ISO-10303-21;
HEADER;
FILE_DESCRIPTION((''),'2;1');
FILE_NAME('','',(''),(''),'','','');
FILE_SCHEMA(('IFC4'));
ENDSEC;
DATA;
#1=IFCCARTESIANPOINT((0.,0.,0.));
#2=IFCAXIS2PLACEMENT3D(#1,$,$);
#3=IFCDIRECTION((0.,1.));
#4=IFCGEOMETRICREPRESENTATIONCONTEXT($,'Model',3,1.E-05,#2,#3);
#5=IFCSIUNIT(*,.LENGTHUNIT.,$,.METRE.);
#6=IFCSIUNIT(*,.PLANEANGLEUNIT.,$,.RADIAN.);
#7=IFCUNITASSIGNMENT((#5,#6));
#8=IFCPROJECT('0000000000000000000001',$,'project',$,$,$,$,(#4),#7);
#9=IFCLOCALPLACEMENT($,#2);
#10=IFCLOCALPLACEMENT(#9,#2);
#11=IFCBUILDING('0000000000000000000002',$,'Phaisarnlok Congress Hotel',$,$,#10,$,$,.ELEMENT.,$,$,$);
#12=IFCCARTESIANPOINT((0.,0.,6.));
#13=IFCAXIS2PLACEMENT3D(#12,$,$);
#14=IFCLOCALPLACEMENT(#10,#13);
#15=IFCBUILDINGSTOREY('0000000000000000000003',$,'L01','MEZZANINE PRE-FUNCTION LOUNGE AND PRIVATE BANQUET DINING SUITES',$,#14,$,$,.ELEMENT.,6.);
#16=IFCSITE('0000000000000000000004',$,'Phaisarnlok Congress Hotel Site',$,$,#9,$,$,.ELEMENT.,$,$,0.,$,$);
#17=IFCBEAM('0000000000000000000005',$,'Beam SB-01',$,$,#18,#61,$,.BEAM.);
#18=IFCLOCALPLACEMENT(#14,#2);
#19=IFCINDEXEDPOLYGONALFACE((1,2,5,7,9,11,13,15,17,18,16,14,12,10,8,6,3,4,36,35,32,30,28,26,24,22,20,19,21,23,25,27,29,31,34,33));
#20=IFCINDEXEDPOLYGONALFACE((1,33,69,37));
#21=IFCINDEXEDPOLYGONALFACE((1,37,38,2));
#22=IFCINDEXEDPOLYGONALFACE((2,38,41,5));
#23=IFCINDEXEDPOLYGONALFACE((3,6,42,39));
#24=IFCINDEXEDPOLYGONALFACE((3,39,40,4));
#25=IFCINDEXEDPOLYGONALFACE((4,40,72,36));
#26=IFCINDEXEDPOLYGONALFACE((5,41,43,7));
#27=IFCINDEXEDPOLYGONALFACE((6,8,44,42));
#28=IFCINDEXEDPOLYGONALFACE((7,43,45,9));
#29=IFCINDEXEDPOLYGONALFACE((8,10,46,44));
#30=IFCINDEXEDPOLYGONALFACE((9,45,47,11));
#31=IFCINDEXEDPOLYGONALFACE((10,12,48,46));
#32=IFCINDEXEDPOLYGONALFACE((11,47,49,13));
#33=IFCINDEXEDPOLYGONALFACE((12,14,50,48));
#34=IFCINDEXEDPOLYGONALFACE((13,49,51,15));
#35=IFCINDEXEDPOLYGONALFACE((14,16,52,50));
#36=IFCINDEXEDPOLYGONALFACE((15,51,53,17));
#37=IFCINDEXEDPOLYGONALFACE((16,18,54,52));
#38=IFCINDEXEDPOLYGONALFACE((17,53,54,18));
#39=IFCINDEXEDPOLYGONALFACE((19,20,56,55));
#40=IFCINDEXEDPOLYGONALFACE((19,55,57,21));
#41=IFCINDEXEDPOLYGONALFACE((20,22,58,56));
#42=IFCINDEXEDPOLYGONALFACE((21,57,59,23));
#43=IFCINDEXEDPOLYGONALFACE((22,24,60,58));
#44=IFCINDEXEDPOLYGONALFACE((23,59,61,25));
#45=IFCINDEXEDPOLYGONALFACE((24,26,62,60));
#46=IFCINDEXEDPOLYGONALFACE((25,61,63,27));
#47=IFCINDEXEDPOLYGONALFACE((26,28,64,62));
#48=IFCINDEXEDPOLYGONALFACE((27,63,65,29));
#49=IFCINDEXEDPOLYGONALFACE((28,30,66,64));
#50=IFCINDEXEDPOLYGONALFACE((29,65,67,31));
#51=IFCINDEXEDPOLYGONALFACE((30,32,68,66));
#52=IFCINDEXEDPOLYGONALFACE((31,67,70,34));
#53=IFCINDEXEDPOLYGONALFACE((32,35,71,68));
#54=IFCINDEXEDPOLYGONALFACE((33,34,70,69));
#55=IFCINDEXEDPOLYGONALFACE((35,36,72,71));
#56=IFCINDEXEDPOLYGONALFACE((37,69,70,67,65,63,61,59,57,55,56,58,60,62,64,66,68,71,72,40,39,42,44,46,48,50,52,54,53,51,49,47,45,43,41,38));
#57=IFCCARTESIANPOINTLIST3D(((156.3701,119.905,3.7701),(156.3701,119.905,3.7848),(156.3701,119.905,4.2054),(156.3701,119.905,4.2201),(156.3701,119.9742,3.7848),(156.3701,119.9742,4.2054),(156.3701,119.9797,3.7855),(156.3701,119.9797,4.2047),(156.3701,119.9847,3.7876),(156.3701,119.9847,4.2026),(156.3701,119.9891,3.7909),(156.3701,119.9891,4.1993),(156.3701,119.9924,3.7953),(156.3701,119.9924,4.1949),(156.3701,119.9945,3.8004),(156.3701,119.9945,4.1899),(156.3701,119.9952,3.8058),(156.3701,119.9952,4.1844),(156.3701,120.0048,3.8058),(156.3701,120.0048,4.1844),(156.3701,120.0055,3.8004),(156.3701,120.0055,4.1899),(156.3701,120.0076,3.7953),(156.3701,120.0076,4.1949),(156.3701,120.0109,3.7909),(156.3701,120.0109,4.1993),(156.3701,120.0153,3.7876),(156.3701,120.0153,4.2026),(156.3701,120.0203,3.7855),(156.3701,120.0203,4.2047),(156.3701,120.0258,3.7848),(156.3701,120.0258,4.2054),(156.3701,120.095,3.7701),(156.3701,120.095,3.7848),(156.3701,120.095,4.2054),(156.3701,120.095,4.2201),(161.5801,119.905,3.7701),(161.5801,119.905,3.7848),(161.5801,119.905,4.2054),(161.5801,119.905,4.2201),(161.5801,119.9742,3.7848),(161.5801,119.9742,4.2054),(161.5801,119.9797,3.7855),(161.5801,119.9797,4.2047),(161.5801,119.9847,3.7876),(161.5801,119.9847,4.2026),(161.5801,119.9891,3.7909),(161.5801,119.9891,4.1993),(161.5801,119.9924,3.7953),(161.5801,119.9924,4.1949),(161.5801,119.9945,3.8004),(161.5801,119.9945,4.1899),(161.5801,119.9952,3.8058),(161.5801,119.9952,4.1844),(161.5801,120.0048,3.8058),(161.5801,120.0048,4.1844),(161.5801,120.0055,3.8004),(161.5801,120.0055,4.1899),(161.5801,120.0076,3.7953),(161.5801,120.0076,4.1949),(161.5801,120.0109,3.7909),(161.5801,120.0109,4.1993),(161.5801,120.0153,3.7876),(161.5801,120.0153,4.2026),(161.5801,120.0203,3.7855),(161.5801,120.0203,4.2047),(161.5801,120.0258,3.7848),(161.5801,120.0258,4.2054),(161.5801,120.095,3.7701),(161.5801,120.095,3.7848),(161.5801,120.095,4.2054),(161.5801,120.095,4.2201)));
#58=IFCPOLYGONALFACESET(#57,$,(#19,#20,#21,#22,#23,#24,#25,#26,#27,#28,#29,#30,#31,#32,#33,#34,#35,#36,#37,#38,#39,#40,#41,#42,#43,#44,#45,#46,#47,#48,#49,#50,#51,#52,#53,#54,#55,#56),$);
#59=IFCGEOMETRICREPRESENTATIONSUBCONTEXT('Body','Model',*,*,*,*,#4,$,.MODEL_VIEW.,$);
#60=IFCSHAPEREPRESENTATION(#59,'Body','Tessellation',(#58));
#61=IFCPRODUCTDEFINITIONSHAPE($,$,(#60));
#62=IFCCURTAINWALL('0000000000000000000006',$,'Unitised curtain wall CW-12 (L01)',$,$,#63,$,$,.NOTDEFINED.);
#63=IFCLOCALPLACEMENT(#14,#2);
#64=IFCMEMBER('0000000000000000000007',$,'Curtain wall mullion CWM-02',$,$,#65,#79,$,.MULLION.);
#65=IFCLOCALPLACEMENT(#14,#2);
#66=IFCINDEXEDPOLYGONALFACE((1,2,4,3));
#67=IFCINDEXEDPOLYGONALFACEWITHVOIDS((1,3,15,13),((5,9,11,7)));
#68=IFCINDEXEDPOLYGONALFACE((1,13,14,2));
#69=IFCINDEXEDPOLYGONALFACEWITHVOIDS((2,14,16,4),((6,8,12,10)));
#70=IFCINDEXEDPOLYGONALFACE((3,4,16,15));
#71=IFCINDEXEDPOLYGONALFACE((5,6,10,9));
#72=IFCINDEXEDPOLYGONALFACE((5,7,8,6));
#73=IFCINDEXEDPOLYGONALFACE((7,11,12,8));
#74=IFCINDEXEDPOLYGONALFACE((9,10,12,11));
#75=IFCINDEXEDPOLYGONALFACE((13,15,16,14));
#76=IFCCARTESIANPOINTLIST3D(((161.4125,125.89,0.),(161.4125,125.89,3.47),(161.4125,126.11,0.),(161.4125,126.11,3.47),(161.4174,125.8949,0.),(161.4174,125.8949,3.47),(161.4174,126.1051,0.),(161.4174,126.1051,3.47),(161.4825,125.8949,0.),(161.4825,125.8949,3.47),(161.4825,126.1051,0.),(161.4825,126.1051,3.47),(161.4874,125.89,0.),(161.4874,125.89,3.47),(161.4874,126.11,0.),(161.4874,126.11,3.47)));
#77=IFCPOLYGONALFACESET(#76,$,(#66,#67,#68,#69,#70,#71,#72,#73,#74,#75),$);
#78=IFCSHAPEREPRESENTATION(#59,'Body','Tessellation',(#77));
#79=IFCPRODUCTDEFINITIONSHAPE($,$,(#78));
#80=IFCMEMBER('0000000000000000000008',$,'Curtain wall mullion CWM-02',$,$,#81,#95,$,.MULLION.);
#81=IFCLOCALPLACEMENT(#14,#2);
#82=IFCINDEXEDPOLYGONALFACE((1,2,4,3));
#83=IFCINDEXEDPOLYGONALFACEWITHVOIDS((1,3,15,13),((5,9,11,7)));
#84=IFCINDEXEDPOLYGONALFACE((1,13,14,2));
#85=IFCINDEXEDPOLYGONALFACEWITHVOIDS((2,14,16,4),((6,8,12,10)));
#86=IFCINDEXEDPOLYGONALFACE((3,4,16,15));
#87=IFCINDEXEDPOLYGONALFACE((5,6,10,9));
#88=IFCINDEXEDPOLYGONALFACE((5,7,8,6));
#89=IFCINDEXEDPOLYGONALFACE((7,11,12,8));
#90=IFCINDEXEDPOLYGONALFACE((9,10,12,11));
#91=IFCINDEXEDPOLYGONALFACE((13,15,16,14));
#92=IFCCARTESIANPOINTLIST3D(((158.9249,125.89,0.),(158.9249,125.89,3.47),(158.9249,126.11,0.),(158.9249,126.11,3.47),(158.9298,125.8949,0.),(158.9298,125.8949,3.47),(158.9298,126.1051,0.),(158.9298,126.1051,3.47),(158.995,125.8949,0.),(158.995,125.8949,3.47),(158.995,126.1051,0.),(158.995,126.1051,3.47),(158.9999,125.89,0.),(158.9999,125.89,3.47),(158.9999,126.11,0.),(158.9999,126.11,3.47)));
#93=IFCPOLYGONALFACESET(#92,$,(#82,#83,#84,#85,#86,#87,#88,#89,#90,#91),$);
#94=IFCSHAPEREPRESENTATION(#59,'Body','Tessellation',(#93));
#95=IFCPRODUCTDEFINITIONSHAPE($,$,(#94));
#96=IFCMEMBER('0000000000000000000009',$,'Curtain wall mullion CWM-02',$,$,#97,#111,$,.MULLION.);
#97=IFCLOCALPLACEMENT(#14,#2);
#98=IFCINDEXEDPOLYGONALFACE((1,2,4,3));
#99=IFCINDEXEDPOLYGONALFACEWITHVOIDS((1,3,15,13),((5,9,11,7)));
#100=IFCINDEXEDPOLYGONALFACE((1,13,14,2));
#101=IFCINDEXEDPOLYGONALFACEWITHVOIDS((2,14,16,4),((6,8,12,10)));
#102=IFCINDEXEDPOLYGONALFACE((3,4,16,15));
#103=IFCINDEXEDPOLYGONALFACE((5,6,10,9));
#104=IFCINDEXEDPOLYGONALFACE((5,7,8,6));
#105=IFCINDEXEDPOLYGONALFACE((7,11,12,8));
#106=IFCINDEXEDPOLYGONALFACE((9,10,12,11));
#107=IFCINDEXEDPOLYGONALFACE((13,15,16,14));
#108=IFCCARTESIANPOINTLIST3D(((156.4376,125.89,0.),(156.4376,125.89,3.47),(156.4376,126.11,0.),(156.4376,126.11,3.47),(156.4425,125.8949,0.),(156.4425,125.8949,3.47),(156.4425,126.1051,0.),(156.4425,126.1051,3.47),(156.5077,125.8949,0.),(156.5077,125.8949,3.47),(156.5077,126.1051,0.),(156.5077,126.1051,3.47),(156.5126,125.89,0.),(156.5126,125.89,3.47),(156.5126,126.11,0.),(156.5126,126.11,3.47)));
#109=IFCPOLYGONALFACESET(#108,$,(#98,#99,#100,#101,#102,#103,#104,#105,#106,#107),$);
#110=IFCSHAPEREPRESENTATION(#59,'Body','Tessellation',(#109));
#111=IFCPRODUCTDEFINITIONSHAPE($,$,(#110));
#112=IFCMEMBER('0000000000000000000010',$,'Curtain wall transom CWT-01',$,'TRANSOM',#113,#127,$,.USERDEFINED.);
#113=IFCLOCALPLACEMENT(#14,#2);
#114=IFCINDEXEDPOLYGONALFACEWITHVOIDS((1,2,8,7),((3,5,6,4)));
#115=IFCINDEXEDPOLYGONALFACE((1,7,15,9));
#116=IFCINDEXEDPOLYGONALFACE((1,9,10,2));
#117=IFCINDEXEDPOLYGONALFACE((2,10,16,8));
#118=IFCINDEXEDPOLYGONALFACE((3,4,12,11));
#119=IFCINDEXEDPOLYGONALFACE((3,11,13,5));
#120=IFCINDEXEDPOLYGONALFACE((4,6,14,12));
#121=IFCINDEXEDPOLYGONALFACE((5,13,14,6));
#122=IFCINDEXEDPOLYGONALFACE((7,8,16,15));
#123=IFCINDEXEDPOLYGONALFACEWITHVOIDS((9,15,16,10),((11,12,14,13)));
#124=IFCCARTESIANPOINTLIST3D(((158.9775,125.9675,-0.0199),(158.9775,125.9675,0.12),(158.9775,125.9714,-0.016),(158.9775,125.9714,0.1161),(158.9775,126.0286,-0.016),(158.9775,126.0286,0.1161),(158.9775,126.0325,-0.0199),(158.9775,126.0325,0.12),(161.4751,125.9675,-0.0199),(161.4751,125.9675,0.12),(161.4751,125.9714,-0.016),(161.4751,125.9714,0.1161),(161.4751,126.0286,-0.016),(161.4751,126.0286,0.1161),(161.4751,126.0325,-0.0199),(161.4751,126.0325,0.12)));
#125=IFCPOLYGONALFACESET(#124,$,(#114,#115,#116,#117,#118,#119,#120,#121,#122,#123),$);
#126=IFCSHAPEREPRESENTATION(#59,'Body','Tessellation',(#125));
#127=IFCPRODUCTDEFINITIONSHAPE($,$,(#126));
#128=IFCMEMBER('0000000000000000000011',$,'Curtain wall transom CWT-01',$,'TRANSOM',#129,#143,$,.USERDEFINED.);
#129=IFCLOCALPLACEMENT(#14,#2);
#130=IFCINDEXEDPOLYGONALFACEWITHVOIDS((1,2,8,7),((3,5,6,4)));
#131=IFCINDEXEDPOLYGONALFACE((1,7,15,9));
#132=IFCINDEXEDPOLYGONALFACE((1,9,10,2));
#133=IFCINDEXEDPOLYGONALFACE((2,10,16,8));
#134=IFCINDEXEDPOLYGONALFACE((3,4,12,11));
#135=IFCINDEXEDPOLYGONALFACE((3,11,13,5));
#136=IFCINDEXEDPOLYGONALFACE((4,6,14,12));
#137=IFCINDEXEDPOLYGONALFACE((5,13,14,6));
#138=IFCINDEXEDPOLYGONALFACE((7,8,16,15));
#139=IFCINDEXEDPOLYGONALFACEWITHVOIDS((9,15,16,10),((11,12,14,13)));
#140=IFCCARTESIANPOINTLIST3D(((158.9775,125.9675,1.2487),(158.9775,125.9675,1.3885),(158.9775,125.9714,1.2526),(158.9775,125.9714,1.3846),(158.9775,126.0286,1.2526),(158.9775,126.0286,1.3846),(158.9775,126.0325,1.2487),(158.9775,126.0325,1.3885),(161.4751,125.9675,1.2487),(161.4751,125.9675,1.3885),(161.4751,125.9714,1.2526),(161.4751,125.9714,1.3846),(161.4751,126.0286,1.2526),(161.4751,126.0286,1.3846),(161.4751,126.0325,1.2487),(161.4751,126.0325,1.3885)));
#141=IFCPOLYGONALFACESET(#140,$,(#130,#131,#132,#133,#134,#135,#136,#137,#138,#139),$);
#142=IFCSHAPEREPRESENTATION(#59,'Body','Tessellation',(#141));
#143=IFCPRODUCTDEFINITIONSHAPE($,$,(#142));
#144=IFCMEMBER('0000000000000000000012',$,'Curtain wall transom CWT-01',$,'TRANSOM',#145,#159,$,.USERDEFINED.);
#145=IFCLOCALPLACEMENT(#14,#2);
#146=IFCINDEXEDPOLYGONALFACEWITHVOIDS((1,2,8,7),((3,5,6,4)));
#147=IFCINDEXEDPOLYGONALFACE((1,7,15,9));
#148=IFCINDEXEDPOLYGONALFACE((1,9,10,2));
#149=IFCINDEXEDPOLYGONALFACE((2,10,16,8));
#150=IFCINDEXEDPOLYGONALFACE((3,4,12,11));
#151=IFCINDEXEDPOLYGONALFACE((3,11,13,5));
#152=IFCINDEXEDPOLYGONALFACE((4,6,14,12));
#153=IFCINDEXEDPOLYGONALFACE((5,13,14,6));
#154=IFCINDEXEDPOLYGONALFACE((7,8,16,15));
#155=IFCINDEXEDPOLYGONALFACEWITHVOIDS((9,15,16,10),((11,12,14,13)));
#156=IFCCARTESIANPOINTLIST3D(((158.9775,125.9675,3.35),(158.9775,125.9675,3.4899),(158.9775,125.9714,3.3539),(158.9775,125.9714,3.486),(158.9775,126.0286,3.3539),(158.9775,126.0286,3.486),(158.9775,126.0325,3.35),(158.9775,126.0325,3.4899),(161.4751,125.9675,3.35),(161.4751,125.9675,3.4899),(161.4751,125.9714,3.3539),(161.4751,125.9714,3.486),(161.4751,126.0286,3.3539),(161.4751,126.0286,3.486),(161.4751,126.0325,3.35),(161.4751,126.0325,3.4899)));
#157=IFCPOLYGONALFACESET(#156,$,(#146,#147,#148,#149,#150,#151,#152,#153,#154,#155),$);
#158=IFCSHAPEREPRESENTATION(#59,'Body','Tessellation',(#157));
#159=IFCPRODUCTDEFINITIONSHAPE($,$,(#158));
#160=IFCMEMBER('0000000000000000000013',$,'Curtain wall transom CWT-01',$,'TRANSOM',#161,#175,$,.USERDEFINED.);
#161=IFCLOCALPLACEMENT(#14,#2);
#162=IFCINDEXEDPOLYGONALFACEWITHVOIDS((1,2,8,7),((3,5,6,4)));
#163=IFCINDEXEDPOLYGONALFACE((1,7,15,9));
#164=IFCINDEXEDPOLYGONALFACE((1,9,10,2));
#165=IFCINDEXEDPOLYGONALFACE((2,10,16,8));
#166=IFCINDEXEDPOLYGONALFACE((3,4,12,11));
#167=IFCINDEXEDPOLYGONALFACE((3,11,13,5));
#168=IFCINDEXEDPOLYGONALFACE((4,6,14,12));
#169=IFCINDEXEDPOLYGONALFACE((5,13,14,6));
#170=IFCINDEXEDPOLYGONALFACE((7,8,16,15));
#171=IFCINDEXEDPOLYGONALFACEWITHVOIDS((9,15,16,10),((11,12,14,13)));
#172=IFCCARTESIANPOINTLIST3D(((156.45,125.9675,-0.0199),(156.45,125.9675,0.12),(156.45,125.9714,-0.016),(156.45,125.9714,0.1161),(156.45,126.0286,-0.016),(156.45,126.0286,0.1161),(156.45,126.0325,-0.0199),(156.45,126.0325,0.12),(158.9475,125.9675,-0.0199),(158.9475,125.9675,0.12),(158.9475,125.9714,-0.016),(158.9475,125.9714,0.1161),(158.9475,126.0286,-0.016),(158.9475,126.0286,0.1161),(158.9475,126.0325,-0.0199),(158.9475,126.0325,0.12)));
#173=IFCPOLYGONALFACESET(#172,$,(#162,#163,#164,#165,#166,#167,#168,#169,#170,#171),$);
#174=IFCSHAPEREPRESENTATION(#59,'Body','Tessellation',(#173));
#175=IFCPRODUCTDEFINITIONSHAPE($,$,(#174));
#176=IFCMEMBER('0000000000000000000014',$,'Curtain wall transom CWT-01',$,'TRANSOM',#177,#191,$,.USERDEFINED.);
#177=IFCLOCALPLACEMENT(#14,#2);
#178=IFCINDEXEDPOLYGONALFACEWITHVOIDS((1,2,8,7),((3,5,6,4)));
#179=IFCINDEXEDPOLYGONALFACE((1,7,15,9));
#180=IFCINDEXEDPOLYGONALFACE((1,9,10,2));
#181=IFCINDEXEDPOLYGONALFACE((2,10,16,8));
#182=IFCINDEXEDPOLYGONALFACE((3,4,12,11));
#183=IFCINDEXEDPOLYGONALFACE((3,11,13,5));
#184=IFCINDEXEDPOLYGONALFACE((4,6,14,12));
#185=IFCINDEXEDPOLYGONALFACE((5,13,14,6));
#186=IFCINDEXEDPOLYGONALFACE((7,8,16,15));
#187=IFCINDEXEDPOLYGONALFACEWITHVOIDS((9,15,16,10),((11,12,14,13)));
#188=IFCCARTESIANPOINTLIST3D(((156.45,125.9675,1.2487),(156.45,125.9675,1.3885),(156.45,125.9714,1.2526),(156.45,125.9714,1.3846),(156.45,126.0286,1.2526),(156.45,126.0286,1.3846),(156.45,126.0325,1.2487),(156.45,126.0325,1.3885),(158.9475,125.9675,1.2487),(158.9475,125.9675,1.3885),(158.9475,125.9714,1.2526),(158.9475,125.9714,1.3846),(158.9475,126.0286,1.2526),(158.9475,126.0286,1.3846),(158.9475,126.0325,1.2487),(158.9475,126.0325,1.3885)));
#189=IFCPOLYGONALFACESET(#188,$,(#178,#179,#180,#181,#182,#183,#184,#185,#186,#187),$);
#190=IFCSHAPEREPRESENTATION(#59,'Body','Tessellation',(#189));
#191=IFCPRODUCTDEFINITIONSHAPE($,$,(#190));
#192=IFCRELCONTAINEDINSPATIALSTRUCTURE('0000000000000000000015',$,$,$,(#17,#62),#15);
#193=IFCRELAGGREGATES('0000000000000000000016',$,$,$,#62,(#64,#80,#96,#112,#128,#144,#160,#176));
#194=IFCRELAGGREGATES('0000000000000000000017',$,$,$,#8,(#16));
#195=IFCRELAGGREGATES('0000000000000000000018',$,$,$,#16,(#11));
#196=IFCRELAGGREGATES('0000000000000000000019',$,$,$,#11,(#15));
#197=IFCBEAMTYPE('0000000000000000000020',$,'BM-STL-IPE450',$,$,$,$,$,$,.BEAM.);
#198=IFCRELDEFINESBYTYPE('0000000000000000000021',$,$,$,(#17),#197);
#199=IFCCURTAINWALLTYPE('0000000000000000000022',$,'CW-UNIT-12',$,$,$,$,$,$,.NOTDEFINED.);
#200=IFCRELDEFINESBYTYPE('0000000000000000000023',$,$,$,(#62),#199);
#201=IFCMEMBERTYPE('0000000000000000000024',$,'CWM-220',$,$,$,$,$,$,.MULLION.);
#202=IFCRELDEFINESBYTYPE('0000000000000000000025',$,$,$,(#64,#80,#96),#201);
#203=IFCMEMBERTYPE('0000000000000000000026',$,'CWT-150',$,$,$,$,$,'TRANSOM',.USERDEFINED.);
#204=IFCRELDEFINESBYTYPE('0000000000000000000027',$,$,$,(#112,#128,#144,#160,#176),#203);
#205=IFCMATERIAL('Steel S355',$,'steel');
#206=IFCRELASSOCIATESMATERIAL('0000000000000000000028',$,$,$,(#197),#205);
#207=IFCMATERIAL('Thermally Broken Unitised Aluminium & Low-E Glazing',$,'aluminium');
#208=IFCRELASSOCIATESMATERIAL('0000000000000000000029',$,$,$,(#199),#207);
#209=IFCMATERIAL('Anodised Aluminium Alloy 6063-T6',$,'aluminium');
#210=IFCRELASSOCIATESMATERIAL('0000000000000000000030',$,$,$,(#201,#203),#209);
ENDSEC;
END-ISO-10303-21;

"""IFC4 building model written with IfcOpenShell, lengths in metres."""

from ifc_helpers import new_model, si_unit, direction, frame, origin, origin_2d, place, context, subcontext, project, spatial, hollow_rectangle, i_section, extrude, material, material_profile, profile_set, type_object, element, aggregate, save


model = new_model("IFC4")

# Units and contexts
model_context = context("Model", 3, precision=1e-05, world=origin(), true_north=direction((0.0, 1.0)))
body_context = subcontext(model_context, "Body", "Model", "MODEL_VIEW")
ifc_project = project(units=[si_unit("LENGTHUNIT", "METRE"), si_unit("PLANEANGLEUNIT", "RADIAN")], contexts=[model_context])

# Site, building, storey
site_placement = place(None, origin())
site = spatial("IfcSite", under=ifc_project, at=site_placement, Name="Phaisarnlok Congress Hotel Site", CompositionType="ELEMENT", RefElevation=0.0)
building_placement = place(site_placement, origin())
building = spatial("IfcBuilding", under=site, at=building_placement, Name="Phaisarnlok Congress Hotel", CompositionType="ELEMENT")
storey_placement = place(building_placement, frame((0.0, 0.0, 6.0)))
storey = spatial("IfcBuildingStorey", under=building, at=storey_placement, Name="L01", Description="MEZZANINE PRE-FUNCTION LOUNGE AND PRIVATE BANQUET DINING SUITES", CompositionType="ELEMENT", Elevation=6.0)

# Beam
ifc_material_1 = material(Name="Steel S355", Category="steel")
ifc_material_profile_1 = material_profile(ifc_material_1, i_section(OverallWidth=0.1899, OverallDepth=0.45, WebThickness=0.0095, FlangeThickness=0.0146, FilletRadius=0.021, at=origin_2d()), Name="IPE 450")
ifc_profile_set_1 = profile_set([ifc_material_profile_1], Name="Steel S355")
beam_type_1 = type_object("IfcBeamType", Name="BM-STL-IPE450", PredefinedType="BEAM", material=ifc_profile_set_1)
beam_1_placement = place(storey_placement, frame((156.3701, 120.0, 3.9951), z_axis=(1.0, 0.0, 0.0), x_axis=(0.0, 1.0, 0.0)))
element("IfcBeam", 1, at=beam_1_placement, inside=storey, type_object=beam_type_1, Name="Beam SB-01", PredefinedType="BEAM", context=body_context, shape_type="SweptSolid", body=[
    extrude(i_section(OverallWidth=0.1899, OverallDepth=0.45, WebThickness=0.0095, FlangeThickness=0.0146, FilletRadius=0.021, at=origin_2d()), origin(), (0.0, 0.0, 1.0), 5.21),
])

# Curtain wall, members
ifc_material_2 = material(Name="Thermally Broken Unitised Aluminium & Low-E Glazing", Category="aluminium")
curtain_wall_type = type_object("IfcCurtainWallType", Name="CW-UNIT-12", PredefinedType="NOTDEFINED", material=ifc_material_2)
curtain_wall_placement = place(storey_placement, origin())
curtain_wall = element("IfcCurtainWall", 2, at=curtain_wall_placement, inside=storey, type_object=curtain_wall_type, Name="Unitised curtain wall CW-12 (L01)", PredefinedType="NOTDEFINED")
ifc_material_3 = material(Name="Anodised Aluminium Alloy 6063-T6", Category="aluminium")
ifc_material_profile_2 = material_profile(ifc_material_3, hollow_rectangle(XDim=0.075, YDim=0.22, WallThickness=0.0049, at=origin_2d()), Name="ALU-M 75x220x5")
ifc_profile_set_2 = profile_set([ifc_material_profile_2], Name="Anodised Aluminium Alloy 6063-T6")
member_type_1 = type_object("IfcMemberType", Name="CWM-220", PredefinedType="MULLION", material=ifc_profile_set_2)
member_1_placement = place(storey_placement, frame((161.45, 126.0, 0.0), z_axis=(0.0, 0.0, 1.0), x_axis=(-1.0, 0.0, 0.0)))
member_1 = element("IfcMember", 3, at=member_1_placement, type_object=member_type_1, Name="Curtain wall mullion CWM-02", PredefinedType="MULLION", context=body_context, shape_type="SweptSolid", body=[
    extrude(hollow_rectangle(XDim=0.075, YDim=0.22, WallThickness=0.0049, at=origin_2d()), origin(), (0.0, 0.0, 1.0), 3.47),
])
member_2_placement = place(storey_placement, frame((158.9624, 126.0, 0.0), z_axis=(0.0, 0.0, 1.0), x_axis=(-1.0, 0.0, 0.0)))
member_2 = element("IfcMember", 4, at=member_2_placement, type_object=member_type_1, Name="Curtain wall mullion CWM-02", PredefinedType="MULLION", context=body_context, shape_type="SweptSolid", body=[
    extrude(hollow_rectangle(XDim=0.075, YDim=0.22, WallThickness=0.0049, at=origin_2d()), origin(), (0.0, 0.0, 1.0), 3.47),
])
member_3_placement = place(storey_placement, frame((156.4751, 126.0, 0.0), z_axis=(0.0, 0.0, 1.0), x_axis=(-1.0, 0.0, 0.0)))
member_3 = element("IfcMember", 5, at=member_3_placement, type_object=member_type_1, Name="Curtain wall mullion CWM-02", PredefinedType="MULLION", context=body_context, shape_type="SweptSolid", body=[
    extrude(hollow_rectangle(XDim=0.075, YDim=0.22, WallThickness=0.0049, at=origin_2d()), origin(), (0.0, 0.0, 1.0), 3.47),
])
ifc_material_profile_3 = material_profile(ifc_material_3, hollow_rectangle(XDim=0.0649, YDim=0.1399, WallThickness=0.0039, at=origin_2d()), Name="ALU-T 65x140x4")
ifc_profile_set_3 = profile_set([ifc_material_profile_3], Name="Anodised Aluminium Alloy 6063-T6")
member_type_2 = type_object("IfcMemberType", Name="CWT-150", ElementType="TRANSOM", PredefinedType="USERDEFINED", material=ifc_profile_set_3)
member_4_placement = place(storey_placement, frame((161.4751, 126.0, 0.05), z_axis=(-1.0, 0.0, 0.0), x_axis=(0.0, -1.0, 0.0)))
member_4 = element("IfcMember", 6, at=member_4_placement, type_object=member_type_2, Name="Curtain wall transom CWT-01", ObjectType="TRANSOM", PredefinedType="USERDEFINED", context=body_context, shape_type="SweptSolid", body=[
    extrude(hollow_rectangle(XDim=0.0649, YDim=0.1399, WallThickness=0.0039, at=origin_2d()), origin(), (0.0, 0.0, 1.0), 2.4976),
])
member_5_placement = place(storey_placement, frame((161.4751, 126.0, 1.3186), z_axis=(-1.0, 0.0, 0.0), x_axis=(0.0, -1.0, 0.0)))
member_5 = element("IfcMember", 7, at=member_5_placement, type_object=member_type_2, Name="Curtain wall transom CWT-01", ObjectType="TRANSOM", PredefinedType="USERDEFINED", context=body_context, shape_type="SweptSolid", body=[
    extrude(hollow_rectangle(XDim=0.0649, YDim=0.1399, WallThickness=0.0039, at=origin_2d()), origin(), (0.0, 0.0, 1.0), 2.4976),
])
member_6_placement = place(storey_placement, frame((161.4751, 126.0, 3.4199), z_axis=(-1.0, 0.0, 0.0), x_axis=(0.0, -1.0, 0.0)))
member_6 = element("IfcMember", 8, at=member_6_placement, type_object=member_type_2, Name="Curtain wall transom CWT-01", ObjectType="TRANSOM", PredefinedType="USERDEFINED", context=body_context, shape_type="SweptSolid", body=[
    extrude(hollow_rectangle(XDim=0.0649, YDim=0.1399, WallThickness=0.0039, at=origin_2d()), origin(), (0.0, 0.0, 1.0), 2.4976),
])
member_7_placement = place(storey_placement, frame((158.9475, 126.0, 0.05), z_axis=(-1.0, 0.0, 0.0), x_axis=(0.0, -1.0, 0.0)))
member_7 = element("IfcMember", 9, at=member_7_placement, type_object=member_type_2, Name="Curtain wall transom CWT-01", ObjectType="TRANSOM", PredefinedType="USERDEFINED", context=body_context, shape_type="SweptSolid", body=[
    extrude(hollow_rectangle(XDim=0.0649, YDim=0.1399, WallThickness=0.0039, at=origin_2d()), origin(), (0.0, 0.0, 1.0), 2.4976),
])
member_8_placement = place(storey_placement, frame((158.9475, 126.0, 1.3186), z_axis=(-1.0, 0.0, 0.0), x_axis=(0.0, -1.0, 0.0)))
member_8 = element("IfcMember", 10, at=member_8_placement, type_object=member_type_2, Name="Curtain wall transom CWT-01", ObjectType="TRANSOM", PredefinedType="USERDEFINED", context=body_context, shape_type="SweptSolid", body=[
    extrude(hollow_rectangle(XDim=0.0649, YDim=0.1399, WallThickness=0.0039, at=origin_2d()), origin(), (0.0, 0.0, 1.0), 2.4976),
])

aggregate(curtain_wall, [member_1, member_2, member_3, member_4, member_5, member_6, member_7, member_8])

save(model, "model.ifc")
